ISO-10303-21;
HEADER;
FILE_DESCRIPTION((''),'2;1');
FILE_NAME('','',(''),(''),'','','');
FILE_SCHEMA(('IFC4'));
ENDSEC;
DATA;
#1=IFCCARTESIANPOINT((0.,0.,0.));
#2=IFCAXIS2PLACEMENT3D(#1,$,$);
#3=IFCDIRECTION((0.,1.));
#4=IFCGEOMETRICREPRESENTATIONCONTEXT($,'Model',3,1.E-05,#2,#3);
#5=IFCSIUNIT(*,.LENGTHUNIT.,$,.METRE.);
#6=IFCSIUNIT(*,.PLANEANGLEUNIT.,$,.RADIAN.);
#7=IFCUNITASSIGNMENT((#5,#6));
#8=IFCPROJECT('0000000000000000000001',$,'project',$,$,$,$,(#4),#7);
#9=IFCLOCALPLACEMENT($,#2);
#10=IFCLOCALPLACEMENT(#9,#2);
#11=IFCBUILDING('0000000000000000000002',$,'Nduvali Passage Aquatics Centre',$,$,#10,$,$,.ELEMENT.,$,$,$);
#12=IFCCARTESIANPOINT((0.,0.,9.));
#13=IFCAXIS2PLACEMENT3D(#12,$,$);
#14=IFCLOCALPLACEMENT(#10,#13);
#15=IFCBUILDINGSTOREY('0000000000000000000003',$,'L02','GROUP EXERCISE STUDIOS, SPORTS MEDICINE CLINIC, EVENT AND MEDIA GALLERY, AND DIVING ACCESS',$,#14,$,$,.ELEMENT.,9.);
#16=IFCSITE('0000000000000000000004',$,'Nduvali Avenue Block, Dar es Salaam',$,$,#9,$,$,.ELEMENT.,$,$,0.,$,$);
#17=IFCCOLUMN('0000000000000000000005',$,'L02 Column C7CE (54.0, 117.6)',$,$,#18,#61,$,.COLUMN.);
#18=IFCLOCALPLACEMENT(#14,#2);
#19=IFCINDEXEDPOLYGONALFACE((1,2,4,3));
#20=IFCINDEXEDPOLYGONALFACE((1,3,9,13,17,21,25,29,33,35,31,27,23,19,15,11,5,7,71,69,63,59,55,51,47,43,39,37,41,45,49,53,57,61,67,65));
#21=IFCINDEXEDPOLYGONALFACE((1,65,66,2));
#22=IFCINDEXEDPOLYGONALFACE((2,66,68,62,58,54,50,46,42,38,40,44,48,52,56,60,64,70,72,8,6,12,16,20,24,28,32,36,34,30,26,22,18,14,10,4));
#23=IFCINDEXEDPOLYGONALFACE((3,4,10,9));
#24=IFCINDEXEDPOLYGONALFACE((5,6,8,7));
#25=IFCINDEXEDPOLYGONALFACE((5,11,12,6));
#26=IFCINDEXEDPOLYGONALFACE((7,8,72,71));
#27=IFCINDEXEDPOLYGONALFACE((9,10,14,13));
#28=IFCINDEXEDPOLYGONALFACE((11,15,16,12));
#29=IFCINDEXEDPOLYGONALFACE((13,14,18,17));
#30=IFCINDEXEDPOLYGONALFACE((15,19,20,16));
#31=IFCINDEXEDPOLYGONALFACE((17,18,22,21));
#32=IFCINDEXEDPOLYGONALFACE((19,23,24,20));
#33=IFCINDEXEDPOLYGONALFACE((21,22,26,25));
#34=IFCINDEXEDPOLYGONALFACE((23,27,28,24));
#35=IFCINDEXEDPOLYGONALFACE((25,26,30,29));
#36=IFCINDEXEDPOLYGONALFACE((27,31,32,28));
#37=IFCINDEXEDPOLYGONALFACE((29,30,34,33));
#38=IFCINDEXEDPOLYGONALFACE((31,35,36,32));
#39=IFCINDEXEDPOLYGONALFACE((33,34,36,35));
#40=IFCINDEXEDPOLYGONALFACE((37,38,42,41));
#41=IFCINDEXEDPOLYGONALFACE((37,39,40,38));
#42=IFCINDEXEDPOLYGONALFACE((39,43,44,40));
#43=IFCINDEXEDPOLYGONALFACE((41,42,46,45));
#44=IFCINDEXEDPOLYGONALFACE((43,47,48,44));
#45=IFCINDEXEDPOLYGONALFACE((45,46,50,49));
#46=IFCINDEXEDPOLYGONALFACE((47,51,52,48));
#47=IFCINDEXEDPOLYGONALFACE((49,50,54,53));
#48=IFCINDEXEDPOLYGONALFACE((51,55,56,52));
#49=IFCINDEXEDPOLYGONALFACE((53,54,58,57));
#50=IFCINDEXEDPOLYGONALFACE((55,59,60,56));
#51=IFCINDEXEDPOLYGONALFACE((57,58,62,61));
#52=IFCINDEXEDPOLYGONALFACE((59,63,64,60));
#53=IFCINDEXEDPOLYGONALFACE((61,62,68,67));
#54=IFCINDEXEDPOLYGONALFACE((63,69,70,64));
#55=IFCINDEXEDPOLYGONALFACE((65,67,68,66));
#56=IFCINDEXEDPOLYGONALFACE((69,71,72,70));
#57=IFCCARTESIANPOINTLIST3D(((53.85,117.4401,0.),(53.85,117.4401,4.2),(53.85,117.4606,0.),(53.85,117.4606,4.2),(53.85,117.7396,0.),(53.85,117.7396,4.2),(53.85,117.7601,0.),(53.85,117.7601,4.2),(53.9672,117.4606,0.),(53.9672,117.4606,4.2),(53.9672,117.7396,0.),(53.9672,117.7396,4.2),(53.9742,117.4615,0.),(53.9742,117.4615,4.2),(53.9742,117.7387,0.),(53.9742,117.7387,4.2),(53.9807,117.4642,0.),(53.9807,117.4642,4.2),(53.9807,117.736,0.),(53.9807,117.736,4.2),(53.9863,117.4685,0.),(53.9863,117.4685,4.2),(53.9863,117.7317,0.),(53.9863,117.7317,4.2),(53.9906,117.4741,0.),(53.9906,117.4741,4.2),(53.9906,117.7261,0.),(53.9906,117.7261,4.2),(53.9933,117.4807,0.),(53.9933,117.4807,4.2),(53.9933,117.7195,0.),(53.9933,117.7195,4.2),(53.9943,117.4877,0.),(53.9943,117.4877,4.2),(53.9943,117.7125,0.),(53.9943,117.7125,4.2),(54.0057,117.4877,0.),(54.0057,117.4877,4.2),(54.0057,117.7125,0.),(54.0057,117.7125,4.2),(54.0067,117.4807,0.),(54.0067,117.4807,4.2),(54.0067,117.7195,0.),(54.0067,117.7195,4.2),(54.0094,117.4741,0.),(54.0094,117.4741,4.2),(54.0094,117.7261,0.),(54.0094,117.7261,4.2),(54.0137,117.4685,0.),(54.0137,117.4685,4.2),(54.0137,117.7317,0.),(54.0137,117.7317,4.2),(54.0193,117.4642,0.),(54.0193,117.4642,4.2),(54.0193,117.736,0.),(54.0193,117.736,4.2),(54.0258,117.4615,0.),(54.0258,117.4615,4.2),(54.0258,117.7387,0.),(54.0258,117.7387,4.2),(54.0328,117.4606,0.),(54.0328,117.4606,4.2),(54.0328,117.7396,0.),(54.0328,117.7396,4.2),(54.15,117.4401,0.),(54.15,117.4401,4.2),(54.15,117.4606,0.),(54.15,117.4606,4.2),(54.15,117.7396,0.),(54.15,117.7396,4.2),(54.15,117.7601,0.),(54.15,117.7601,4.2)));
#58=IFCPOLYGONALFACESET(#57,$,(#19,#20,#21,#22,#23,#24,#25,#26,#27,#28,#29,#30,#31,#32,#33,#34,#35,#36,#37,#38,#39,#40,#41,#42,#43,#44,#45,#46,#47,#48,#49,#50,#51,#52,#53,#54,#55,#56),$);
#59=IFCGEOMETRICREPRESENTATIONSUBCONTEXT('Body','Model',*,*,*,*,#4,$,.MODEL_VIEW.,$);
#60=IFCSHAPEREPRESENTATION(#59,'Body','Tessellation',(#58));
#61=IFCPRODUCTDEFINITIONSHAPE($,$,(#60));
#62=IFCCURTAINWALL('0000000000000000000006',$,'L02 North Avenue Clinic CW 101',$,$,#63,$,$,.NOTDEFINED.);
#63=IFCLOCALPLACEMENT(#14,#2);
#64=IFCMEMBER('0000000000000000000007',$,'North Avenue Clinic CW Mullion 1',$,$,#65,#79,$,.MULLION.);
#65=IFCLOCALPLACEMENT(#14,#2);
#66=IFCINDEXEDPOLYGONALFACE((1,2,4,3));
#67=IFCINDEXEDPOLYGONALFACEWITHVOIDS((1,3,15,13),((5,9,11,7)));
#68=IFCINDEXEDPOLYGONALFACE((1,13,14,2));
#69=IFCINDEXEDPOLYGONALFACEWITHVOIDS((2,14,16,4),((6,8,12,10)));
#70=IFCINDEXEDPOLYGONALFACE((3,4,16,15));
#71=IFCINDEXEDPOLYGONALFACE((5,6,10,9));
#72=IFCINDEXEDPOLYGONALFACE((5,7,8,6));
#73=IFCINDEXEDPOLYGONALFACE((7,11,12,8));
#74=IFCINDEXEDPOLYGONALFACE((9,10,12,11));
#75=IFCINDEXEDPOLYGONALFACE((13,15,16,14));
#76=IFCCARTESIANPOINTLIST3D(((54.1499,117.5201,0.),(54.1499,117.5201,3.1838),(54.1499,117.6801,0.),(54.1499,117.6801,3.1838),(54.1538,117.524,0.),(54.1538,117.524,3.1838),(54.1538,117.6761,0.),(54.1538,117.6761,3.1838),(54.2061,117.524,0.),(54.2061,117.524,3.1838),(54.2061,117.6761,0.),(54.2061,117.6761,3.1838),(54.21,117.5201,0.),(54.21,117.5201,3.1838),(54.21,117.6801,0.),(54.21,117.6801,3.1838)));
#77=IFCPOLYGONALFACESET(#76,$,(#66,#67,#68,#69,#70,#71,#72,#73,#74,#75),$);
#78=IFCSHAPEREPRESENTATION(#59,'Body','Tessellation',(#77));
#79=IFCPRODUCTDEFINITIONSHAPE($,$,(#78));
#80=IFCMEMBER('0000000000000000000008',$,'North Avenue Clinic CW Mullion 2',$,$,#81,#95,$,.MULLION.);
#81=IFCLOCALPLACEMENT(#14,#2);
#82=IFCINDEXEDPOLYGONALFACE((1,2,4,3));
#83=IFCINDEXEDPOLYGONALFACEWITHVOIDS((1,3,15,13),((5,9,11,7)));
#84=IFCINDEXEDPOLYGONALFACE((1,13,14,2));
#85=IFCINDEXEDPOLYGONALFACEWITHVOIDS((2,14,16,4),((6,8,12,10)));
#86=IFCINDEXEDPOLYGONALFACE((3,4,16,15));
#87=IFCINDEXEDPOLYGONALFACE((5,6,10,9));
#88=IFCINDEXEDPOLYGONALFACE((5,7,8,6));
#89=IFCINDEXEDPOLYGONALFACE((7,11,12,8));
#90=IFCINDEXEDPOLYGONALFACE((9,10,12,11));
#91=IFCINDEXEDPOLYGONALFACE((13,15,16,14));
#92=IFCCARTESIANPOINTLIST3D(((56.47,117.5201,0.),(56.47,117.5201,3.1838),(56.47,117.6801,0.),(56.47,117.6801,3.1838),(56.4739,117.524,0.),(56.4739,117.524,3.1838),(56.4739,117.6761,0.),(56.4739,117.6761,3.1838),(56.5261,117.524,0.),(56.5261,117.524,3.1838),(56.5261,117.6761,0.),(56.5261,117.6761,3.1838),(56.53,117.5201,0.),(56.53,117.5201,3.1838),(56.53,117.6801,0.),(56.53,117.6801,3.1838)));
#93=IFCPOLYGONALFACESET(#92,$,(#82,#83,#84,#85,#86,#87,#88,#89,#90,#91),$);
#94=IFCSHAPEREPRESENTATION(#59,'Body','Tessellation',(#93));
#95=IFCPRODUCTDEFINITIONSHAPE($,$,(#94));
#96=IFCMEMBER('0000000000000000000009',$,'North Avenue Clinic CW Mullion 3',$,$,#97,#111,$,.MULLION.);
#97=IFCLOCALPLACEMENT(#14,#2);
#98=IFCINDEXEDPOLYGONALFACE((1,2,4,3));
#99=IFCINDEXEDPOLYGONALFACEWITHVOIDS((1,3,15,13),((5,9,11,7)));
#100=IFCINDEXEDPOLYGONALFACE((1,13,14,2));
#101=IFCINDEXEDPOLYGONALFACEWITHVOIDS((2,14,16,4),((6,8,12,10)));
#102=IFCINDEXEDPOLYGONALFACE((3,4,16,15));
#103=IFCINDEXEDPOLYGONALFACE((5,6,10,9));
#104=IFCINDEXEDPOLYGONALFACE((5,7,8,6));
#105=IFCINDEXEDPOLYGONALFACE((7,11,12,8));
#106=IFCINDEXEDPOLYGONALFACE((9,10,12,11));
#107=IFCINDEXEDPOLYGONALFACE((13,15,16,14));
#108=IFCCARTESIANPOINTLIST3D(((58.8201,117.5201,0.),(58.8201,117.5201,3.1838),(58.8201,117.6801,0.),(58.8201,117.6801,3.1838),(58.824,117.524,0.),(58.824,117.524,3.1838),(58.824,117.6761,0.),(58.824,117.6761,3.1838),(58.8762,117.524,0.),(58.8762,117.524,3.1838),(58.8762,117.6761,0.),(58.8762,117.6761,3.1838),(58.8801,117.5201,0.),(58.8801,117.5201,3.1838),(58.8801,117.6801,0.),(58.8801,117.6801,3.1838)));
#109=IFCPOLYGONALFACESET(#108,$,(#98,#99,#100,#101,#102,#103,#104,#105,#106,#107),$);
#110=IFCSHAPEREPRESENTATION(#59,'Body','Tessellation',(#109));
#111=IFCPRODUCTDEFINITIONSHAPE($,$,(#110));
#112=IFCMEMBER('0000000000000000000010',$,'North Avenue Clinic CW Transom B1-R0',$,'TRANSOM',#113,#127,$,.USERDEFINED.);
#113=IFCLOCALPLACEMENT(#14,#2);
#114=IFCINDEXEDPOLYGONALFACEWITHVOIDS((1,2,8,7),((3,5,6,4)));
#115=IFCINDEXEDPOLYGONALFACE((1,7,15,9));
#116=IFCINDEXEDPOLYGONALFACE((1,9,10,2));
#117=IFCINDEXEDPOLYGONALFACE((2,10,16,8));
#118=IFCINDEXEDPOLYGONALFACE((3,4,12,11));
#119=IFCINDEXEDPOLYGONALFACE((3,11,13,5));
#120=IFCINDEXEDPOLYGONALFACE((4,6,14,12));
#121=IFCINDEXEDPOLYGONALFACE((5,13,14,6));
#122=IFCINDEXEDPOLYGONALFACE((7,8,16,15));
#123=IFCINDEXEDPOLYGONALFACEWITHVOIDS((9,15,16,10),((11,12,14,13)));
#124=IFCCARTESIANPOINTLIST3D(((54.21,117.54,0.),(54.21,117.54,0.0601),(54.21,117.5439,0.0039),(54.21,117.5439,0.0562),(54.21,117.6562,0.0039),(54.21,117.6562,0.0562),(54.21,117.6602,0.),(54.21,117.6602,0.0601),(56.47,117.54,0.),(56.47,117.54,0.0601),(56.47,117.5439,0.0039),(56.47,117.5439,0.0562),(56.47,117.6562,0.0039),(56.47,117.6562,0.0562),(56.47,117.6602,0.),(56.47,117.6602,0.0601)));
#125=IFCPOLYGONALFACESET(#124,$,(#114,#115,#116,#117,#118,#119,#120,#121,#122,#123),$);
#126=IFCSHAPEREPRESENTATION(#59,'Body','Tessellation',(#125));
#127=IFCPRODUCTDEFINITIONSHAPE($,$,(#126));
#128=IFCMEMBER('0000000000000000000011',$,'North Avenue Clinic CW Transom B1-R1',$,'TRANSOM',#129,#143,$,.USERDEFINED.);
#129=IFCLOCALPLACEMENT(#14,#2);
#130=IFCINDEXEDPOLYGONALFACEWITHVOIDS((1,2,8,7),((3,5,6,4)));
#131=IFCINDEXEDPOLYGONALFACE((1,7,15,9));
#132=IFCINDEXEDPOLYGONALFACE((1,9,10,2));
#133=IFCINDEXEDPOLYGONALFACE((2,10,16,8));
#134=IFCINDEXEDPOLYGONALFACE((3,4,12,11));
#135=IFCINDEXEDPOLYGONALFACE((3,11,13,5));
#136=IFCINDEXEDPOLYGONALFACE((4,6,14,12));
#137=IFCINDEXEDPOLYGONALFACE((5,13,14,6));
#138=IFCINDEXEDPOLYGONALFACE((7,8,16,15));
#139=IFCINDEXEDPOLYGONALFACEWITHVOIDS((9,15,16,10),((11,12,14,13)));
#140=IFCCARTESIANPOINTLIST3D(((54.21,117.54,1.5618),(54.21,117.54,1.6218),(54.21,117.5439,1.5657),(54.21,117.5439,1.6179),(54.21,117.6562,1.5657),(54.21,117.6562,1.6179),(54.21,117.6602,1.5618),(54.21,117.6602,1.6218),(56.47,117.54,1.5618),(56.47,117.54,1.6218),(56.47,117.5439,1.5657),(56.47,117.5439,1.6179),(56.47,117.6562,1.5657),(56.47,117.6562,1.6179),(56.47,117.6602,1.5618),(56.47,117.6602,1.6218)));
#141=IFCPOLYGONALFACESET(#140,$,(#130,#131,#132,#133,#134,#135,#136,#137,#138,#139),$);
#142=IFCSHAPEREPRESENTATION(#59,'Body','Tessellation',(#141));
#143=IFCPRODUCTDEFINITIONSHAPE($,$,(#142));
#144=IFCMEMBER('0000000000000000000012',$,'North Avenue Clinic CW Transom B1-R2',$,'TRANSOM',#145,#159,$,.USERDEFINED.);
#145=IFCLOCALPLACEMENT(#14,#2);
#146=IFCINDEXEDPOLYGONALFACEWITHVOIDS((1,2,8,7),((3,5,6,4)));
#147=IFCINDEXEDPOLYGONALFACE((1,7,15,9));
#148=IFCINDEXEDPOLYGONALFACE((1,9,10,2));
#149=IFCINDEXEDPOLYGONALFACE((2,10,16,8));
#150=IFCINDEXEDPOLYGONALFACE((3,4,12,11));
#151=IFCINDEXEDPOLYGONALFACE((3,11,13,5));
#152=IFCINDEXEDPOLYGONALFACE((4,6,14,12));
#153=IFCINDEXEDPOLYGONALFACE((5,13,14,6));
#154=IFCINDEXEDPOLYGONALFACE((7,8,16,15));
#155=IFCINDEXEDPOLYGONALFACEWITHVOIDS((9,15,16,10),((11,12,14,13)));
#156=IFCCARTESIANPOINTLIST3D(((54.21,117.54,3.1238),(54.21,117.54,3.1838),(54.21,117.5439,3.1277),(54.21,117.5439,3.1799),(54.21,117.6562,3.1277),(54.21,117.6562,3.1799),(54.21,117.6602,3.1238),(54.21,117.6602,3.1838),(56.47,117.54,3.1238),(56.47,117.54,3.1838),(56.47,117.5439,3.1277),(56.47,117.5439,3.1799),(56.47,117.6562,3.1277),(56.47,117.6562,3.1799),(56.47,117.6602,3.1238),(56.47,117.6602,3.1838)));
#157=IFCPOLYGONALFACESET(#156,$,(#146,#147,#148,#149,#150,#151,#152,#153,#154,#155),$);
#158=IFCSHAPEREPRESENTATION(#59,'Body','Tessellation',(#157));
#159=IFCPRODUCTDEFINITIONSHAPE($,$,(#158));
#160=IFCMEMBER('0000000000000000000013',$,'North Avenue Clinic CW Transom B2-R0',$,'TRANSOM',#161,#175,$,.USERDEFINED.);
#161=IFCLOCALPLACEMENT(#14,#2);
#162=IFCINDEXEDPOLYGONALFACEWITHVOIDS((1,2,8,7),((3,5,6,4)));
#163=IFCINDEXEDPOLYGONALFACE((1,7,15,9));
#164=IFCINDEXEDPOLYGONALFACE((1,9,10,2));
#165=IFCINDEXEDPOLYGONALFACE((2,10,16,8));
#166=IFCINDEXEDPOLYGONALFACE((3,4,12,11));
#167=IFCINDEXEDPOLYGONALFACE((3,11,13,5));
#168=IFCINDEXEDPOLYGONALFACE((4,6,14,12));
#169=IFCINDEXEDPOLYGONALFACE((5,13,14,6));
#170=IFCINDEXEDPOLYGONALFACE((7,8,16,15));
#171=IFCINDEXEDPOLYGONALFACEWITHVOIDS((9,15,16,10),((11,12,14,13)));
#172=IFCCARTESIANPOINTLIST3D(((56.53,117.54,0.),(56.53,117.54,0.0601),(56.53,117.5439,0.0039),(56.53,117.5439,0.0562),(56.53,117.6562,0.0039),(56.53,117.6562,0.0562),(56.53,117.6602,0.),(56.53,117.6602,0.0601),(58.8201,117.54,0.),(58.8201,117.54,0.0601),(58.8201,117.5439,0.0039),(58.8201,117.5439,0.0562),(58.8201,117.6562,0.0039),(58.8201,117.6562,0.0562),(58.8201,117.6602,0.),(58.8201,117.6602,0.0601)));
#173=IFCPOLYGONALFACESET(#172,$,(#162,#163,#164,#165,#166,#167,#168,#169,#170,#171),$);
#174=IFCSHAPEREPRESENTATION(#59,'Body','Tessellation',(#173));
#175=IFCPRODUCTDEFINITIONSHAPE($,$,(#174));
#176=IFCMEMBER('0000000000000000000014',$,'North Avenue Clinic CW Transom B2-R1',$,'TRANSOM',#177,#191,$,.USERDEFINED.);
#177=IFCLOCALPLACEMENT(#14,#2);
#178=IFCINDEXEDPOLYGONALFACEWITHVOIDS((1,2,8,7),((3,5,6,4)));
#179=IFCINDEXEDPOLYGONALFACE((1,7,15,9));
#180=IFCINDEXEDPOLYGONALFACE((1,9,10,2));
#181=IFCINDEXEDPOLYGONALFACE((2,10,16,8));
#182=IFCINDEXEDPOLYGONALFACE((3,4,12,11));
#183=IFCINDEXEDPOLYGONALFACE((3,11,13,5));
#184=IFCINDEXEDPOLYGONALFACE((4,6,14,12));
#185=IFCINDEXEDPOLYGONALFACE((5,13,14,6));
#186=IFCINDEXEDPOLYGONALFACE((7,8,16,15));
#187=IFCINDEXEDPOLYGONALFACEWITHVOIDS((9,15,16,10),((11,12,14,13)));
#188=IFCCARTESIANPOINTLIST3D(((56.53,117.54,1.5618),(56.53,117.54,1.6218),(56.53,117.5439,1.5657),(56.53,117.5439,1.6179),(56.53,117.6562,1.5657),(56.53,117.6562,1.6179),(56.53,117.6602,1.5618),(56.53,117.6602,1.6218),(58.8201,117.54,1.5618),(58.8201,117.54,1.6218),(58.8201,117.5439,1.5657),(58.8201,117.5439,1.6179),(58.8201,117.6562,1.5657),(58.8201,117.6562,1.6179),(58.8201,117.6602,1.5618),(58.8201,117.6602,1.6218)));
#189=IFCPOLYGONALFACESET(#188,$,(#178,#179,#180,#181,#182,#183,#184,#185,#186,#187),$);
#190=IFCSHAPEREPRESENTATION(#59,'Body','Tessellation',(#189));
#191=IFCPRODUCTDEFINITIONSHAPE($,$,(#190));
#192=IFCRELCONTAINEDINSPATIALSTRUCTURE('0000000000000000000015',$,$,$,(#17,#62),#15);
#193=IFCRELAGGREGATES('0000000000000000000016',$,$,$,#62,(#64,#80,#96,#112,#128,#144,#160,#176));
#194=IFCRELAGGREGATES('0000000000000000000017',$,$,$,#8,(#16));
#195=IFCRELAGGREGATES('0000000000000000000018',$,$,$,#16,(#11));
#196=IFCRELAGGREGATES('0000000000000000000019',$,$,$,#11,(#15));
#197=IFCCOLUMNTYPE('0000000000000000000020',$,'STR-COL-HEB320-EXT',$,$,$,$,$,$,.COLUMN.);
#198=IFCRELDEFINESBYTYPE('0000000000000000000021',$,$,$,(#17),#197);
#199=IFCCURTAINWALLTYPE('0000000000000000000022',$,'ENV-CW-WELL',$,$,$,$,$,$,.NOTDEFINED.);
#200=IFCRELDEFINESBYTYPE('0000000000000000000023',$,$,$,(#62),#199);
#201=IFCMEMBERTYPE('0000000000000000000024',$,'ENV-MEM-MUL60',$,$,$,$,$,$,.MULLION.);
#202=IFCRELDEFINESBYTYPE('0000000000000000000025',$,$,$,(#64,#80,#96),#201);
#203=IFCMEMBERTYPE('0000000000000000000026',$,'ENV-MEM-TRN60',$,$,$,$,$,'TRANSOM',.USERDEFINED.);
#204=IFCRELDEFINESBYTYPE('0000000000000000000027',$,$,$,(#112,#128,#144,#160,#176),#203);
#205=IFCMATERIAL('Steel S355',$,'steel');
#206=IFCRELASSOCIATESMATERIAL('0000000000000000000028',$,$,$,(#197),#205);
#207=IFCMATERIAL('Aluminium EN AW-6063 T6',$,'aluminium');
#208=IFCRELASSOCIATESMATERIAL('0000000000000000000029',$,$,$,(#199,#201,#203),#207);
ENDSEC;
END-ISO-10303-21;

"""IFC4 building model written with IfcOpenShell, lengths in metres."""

from ifc_helpers import new_model, si_unit, direction, frame, origin, origin_2d, place, context, subcontext, project, spatial, hollow_rectangle, i_section, extrude, material, material_profile, profile_set, type_object, element, aggregate, save


model = new_model("IFC4")

# Units and contexts
model_context = context("Model", 3, precision=1e-05, world=origin(), true_north=direction((0.0, 1.0)))
body_context = subcontext(model_context, "Body", "Model", "MODEL_VIEW")
ifc_project = project(units=[si_unit("LENGTHUNIT", "METRE"), si_unit("PLANEANGLEUNIT", "RADIAN")], contexts=[model_context])

# Site, building, storey
site_placement = place(None, origin())
site = spatial("IfcSite", under=ifc_project, at=site_placement, Name="Nduvali Avenue Block, Dar es Salaam", CompositionType="ELEMENT", RefElevation=0.0)
building_placement = place(site_placement, origin())
building = spatial("IfcBuilding", under=site, at=building_placement, Name="Nduvali Passage Aquatics Centre", CompositionType="ELEMENT")
storey_placement = place(building_placement, frame((0.0, 0.0, 9.0)))
storey = spatial("IfcBuildingStorey", under=building, at=storey_placement, Name="L02", Description="GROUP EXERCISE STUDIOS, SPORTS MEDICINE CLINIC, EVENT AND MEDIA GALLERY, AND DIVING ACCESS", CompositionType="ELEMENT", Elevation=9.0)

# Column
ifc_material_1 = material(Name="Steel S355", Category="steel")
ifc_material_profile_1 = material_profile(ifc_material_1, i_section(OverallWidth=0.3, OverallDepth=0.3201, WebThickness=0.0115, FlangeThickness=0.0205, FilletRadius=0.0271, at=origin_2d()), Name="HEB 320")
ifc_profile_set_1 = profile_set([ifc_material_profile_1], Name="Steel S355")
column_type = type_object("IfcColumnType", Name="STR-COL-HEB320-EXT", PredefinedType="COLUMN", material=ifc_profile_set_1)
column_placement = place(storey_placement, frame((54.0, 117.6001, 0.0), z_axis=(0.0, 0.0, 1.0), x_axis=(1.0, 0.0, 0.0)))
element("IfcColumn", 1, at=column_placement, inside=storey, type_object=column_type, Name="L02 Column C7CE (54.0, 117.6)", PredefinedType="COLUMN", context=body_context, shape_type="SweptSolid", body=[
    extrude(i_section(OverallWidth=0.3, OverallDepth=0.3201, WebThickness=0.0115, FlangeThickness=0.0205, FilletRadius=0.0271, at=origin_2d()), origin(), (0.0, 0.0, 1.0), 4.2),
])

# Curtain wall, members
ifc_material_2 = material(Name="Aluminium EN AW-6063 T6", Category="aluminium")
curtain_wall_type = type_object("IfcCurtainWallType", Name="ENV-CW-WELL", PredefinedType="NOTDEFINED", material=ifc_material_2)
curtain_wall_placement = place(storey_placement, origin())
curtain_wall = element("IfcCurtainWall", 2, at=curtain_wall_placement, inside=storey, type_object=curtain_wall_type, Name="L02 North Avenue Clinic CW 101", PredefinedType="NOTDEFINED")
ifc_material_profile_2 = material_profile(ifc_material_2, hollow_rectangle(XDim=0.0601, YDim=0.1599, WallThickness=0.0039, at=origin_2d()), Name="ALU MULLION 60x160x4")
ifc_profile_set_2 = profile_set([ifc_material_profile_2], Name="Aluminium EN AW-6063 T6")
member_type_1 = type_object("IfcMemberType", Name="ENV-MEM-MUL60", PredefinedType="MULLION", material=ifc_profile_set_2)
member_1_placement = place(storey_placement, frame((54.1799, 117.6001, 0.0), z_axis=(0.0, 0.0, 1.0), x_axis=(1.0, 0.0, 0.0)))
member_1 = element("IfcMember", 3, at=member_1_placement, type_object=member_type_1, Name="North Avenue Clinic CW Mullion 1", PredefinedType="MULLION", context=body_context, shape_type="SweptSolid", body=[
    extrude(hollow_rectangle(XDim=0.0601, YDim=0.1599, WallThickness=0.0039, at=origin_2d()), origin(), (0.0, 0.0, 1.0), 3.1838),
])
member_2_placement = place(storey_placement, frame((56.5, 117.6001, 0.0), z_axis=(0.0, 0.0, 1.0), x_axis=(1.0, 0.0, 0.0)))
member_2 = element("IfcMember", 4, at=member_2_placement, type_object=member_type_1, Name="North Avenue Clinic CW Mullion 2", PredefinedType="MULLION", context=body_context, shape_type="SweptSolid", body=[
    extrude(hollow_rectangle(XDim=0.0601, YDim=0.1599, WallThickness=0.0039, at=origin_2d()), origin(), (0.0, 0.0, 1.0), 3.1838),
])
member_3_placement = place(storey_placement, frame((58.8501, 117.6001, 0.0), z_axis=(0.0, 0.0, 1.0), x_axis=(1.0, 0.0, 0.0)))
member_3 = element("IfcMember", 5, at=member_3_placement, type_object=member_type_1, Name="North Avenue Clinic CW Mullion 3", PredefinedType="MULLION", context=body_context, shape_type="SweptSolid", body=[
    extrude(hollow_rectangle(XDim=0.0601, YDim=0.1599, WallThickness=0.0039, at=origin_2d()), origin(), (0.0, 0.0, 1.0), 3.1838),
])
ifc_material_profile_3 = material_profile(ifc_material_2, hollow_rectangle(XDim=0.1201, YDim=0.0601, WallThickness=0.0039, at=origin_2d()), Name="ALU TRANSOM 120x60x4")
ifc_profile_set_3 = profile_set([ifc_material_profile_3], Name="Aluminium EN AW-6063 T6")
member_type_2 = type_object("IfcMemberType", Name="ENV-MEM-TRN60", ElementType="TRANSOM", PredefinedType="USERDEFINED", material=ifc_profile_set_3)
member_4_placement = place(storey_placement, frame((54.21, 117.6001, 0.03), z_axis=(1.0, 0.0, 0.0), x_axis=(0.0, 1.0, 0.0)))
member_4 = element("IfcMember", 6, at=member_4_placement, type_object=member_type_2, Name="North Avenue Clinic CW Transom B1-R0", ObjectType="TRANSOM", PredefinedType="USERDEFINED", context=body_context, shape_type="SweptSolid", body=[
    extrude(hollow_rectangle(XDim=0.1201, YDim=0.0601, WallThickness=0.0039, at=origin_2d()), origin(), (0.0, 0.0, 1.0), 2.26),
])
member_5_placement = place(storey_placement, frame((54.21, 117.6001, 1.5918), z_axis=(1.0, 0.0, 0.0), x_axis=(0.0, 1.0, 0.0)))
member_5 = element("IfcMember", 7, at=member_5_placement, type_object=member_type_2, Name="North Avenue Clinic CW Transom B1-R1", ObjectType="TRANSOM", PredefinedType="USERDEFINED", context=body_context, shape_type="SweptSolid", body=[
    extrude(hollow_rectangle(XDim=0.1201, YDim=0.0601, WallThickness=0.0039, at=origin_2d()), origin(), (0.0, 0.0, 1.0), 2.26),
])
member_6_placement = place(storey_placement, frame((54.21, 117.6001, 3.1538), z_axis=(1.0, 0.0, 0.0), x_axis=(0.0, 1.0, 0.0)))
member_6 = element("IfcMember", 8, at=member_6_placement, type_object=member_type_2, Name="North Avenue Clinic CW Transom B1-R2", ObjectType="TRANSOM", PredefinedType="USERDEFINED", context=body_context, shape_type="SweptSolid", body=[
    extrude(hollow_rectangle(XDim=0.1201, YDim=0.0601, WallThickness=0.0039, at=origin_2d()), origin(), (0.0, 0.0, 1.0), 2.26),
])
member_7_placement = place(storey_placement, frame((56.53, 117.6001, 0.03), z_axis=(1.0, 0.0, 0.0), x_axis=(0.0, 1.0, 0.0)))
member_7 = element("IfcMember", 9, at=member_7_placement, type_object=member_type_2, Name="North Avenue Clinic CW Transom B2-R0", ObjectType="TRANSOM", PredefinedType="USERDEFINED", context=body_context, shape_type="SweptSolid", body=[
    extrude(hollow_rectangle(XDim=0.1201, YDim=0.0601, WallThickness=0.0039, at=origin_2d()), origin(), (0.0, 0.0, 1.0), 2.29),
])
member_8_placement = place(storey_placement, frame((56.53, 117.6001, 1.5918), z_axis=(1.0, 0.0, 0.0), x_axis=(0.0, 1.0, 0.0)))
member_8 = element("IfcMember", 10, at=member_8_placement, type_object=member_type_2, Name="North Avenue Clinic CW Transom B2-R1", ObjectType="TRANSOM", PredefinedType="USERDEFINED", context=body_context, shape_type="SweptSolid", body=[
    extrude(hollow_rectangle(XDim=0.1201, YDim=0.0601, WallThickness=0.0039, at=origin_2d()), origin(), (0.0, 0.0, 1.0), 2.29),
])

aggregate(curtain_wall, [member_1, member_2, member_3, member_4, member_5, member_6, member_7, member_8])

save(model, "model.ifc")
